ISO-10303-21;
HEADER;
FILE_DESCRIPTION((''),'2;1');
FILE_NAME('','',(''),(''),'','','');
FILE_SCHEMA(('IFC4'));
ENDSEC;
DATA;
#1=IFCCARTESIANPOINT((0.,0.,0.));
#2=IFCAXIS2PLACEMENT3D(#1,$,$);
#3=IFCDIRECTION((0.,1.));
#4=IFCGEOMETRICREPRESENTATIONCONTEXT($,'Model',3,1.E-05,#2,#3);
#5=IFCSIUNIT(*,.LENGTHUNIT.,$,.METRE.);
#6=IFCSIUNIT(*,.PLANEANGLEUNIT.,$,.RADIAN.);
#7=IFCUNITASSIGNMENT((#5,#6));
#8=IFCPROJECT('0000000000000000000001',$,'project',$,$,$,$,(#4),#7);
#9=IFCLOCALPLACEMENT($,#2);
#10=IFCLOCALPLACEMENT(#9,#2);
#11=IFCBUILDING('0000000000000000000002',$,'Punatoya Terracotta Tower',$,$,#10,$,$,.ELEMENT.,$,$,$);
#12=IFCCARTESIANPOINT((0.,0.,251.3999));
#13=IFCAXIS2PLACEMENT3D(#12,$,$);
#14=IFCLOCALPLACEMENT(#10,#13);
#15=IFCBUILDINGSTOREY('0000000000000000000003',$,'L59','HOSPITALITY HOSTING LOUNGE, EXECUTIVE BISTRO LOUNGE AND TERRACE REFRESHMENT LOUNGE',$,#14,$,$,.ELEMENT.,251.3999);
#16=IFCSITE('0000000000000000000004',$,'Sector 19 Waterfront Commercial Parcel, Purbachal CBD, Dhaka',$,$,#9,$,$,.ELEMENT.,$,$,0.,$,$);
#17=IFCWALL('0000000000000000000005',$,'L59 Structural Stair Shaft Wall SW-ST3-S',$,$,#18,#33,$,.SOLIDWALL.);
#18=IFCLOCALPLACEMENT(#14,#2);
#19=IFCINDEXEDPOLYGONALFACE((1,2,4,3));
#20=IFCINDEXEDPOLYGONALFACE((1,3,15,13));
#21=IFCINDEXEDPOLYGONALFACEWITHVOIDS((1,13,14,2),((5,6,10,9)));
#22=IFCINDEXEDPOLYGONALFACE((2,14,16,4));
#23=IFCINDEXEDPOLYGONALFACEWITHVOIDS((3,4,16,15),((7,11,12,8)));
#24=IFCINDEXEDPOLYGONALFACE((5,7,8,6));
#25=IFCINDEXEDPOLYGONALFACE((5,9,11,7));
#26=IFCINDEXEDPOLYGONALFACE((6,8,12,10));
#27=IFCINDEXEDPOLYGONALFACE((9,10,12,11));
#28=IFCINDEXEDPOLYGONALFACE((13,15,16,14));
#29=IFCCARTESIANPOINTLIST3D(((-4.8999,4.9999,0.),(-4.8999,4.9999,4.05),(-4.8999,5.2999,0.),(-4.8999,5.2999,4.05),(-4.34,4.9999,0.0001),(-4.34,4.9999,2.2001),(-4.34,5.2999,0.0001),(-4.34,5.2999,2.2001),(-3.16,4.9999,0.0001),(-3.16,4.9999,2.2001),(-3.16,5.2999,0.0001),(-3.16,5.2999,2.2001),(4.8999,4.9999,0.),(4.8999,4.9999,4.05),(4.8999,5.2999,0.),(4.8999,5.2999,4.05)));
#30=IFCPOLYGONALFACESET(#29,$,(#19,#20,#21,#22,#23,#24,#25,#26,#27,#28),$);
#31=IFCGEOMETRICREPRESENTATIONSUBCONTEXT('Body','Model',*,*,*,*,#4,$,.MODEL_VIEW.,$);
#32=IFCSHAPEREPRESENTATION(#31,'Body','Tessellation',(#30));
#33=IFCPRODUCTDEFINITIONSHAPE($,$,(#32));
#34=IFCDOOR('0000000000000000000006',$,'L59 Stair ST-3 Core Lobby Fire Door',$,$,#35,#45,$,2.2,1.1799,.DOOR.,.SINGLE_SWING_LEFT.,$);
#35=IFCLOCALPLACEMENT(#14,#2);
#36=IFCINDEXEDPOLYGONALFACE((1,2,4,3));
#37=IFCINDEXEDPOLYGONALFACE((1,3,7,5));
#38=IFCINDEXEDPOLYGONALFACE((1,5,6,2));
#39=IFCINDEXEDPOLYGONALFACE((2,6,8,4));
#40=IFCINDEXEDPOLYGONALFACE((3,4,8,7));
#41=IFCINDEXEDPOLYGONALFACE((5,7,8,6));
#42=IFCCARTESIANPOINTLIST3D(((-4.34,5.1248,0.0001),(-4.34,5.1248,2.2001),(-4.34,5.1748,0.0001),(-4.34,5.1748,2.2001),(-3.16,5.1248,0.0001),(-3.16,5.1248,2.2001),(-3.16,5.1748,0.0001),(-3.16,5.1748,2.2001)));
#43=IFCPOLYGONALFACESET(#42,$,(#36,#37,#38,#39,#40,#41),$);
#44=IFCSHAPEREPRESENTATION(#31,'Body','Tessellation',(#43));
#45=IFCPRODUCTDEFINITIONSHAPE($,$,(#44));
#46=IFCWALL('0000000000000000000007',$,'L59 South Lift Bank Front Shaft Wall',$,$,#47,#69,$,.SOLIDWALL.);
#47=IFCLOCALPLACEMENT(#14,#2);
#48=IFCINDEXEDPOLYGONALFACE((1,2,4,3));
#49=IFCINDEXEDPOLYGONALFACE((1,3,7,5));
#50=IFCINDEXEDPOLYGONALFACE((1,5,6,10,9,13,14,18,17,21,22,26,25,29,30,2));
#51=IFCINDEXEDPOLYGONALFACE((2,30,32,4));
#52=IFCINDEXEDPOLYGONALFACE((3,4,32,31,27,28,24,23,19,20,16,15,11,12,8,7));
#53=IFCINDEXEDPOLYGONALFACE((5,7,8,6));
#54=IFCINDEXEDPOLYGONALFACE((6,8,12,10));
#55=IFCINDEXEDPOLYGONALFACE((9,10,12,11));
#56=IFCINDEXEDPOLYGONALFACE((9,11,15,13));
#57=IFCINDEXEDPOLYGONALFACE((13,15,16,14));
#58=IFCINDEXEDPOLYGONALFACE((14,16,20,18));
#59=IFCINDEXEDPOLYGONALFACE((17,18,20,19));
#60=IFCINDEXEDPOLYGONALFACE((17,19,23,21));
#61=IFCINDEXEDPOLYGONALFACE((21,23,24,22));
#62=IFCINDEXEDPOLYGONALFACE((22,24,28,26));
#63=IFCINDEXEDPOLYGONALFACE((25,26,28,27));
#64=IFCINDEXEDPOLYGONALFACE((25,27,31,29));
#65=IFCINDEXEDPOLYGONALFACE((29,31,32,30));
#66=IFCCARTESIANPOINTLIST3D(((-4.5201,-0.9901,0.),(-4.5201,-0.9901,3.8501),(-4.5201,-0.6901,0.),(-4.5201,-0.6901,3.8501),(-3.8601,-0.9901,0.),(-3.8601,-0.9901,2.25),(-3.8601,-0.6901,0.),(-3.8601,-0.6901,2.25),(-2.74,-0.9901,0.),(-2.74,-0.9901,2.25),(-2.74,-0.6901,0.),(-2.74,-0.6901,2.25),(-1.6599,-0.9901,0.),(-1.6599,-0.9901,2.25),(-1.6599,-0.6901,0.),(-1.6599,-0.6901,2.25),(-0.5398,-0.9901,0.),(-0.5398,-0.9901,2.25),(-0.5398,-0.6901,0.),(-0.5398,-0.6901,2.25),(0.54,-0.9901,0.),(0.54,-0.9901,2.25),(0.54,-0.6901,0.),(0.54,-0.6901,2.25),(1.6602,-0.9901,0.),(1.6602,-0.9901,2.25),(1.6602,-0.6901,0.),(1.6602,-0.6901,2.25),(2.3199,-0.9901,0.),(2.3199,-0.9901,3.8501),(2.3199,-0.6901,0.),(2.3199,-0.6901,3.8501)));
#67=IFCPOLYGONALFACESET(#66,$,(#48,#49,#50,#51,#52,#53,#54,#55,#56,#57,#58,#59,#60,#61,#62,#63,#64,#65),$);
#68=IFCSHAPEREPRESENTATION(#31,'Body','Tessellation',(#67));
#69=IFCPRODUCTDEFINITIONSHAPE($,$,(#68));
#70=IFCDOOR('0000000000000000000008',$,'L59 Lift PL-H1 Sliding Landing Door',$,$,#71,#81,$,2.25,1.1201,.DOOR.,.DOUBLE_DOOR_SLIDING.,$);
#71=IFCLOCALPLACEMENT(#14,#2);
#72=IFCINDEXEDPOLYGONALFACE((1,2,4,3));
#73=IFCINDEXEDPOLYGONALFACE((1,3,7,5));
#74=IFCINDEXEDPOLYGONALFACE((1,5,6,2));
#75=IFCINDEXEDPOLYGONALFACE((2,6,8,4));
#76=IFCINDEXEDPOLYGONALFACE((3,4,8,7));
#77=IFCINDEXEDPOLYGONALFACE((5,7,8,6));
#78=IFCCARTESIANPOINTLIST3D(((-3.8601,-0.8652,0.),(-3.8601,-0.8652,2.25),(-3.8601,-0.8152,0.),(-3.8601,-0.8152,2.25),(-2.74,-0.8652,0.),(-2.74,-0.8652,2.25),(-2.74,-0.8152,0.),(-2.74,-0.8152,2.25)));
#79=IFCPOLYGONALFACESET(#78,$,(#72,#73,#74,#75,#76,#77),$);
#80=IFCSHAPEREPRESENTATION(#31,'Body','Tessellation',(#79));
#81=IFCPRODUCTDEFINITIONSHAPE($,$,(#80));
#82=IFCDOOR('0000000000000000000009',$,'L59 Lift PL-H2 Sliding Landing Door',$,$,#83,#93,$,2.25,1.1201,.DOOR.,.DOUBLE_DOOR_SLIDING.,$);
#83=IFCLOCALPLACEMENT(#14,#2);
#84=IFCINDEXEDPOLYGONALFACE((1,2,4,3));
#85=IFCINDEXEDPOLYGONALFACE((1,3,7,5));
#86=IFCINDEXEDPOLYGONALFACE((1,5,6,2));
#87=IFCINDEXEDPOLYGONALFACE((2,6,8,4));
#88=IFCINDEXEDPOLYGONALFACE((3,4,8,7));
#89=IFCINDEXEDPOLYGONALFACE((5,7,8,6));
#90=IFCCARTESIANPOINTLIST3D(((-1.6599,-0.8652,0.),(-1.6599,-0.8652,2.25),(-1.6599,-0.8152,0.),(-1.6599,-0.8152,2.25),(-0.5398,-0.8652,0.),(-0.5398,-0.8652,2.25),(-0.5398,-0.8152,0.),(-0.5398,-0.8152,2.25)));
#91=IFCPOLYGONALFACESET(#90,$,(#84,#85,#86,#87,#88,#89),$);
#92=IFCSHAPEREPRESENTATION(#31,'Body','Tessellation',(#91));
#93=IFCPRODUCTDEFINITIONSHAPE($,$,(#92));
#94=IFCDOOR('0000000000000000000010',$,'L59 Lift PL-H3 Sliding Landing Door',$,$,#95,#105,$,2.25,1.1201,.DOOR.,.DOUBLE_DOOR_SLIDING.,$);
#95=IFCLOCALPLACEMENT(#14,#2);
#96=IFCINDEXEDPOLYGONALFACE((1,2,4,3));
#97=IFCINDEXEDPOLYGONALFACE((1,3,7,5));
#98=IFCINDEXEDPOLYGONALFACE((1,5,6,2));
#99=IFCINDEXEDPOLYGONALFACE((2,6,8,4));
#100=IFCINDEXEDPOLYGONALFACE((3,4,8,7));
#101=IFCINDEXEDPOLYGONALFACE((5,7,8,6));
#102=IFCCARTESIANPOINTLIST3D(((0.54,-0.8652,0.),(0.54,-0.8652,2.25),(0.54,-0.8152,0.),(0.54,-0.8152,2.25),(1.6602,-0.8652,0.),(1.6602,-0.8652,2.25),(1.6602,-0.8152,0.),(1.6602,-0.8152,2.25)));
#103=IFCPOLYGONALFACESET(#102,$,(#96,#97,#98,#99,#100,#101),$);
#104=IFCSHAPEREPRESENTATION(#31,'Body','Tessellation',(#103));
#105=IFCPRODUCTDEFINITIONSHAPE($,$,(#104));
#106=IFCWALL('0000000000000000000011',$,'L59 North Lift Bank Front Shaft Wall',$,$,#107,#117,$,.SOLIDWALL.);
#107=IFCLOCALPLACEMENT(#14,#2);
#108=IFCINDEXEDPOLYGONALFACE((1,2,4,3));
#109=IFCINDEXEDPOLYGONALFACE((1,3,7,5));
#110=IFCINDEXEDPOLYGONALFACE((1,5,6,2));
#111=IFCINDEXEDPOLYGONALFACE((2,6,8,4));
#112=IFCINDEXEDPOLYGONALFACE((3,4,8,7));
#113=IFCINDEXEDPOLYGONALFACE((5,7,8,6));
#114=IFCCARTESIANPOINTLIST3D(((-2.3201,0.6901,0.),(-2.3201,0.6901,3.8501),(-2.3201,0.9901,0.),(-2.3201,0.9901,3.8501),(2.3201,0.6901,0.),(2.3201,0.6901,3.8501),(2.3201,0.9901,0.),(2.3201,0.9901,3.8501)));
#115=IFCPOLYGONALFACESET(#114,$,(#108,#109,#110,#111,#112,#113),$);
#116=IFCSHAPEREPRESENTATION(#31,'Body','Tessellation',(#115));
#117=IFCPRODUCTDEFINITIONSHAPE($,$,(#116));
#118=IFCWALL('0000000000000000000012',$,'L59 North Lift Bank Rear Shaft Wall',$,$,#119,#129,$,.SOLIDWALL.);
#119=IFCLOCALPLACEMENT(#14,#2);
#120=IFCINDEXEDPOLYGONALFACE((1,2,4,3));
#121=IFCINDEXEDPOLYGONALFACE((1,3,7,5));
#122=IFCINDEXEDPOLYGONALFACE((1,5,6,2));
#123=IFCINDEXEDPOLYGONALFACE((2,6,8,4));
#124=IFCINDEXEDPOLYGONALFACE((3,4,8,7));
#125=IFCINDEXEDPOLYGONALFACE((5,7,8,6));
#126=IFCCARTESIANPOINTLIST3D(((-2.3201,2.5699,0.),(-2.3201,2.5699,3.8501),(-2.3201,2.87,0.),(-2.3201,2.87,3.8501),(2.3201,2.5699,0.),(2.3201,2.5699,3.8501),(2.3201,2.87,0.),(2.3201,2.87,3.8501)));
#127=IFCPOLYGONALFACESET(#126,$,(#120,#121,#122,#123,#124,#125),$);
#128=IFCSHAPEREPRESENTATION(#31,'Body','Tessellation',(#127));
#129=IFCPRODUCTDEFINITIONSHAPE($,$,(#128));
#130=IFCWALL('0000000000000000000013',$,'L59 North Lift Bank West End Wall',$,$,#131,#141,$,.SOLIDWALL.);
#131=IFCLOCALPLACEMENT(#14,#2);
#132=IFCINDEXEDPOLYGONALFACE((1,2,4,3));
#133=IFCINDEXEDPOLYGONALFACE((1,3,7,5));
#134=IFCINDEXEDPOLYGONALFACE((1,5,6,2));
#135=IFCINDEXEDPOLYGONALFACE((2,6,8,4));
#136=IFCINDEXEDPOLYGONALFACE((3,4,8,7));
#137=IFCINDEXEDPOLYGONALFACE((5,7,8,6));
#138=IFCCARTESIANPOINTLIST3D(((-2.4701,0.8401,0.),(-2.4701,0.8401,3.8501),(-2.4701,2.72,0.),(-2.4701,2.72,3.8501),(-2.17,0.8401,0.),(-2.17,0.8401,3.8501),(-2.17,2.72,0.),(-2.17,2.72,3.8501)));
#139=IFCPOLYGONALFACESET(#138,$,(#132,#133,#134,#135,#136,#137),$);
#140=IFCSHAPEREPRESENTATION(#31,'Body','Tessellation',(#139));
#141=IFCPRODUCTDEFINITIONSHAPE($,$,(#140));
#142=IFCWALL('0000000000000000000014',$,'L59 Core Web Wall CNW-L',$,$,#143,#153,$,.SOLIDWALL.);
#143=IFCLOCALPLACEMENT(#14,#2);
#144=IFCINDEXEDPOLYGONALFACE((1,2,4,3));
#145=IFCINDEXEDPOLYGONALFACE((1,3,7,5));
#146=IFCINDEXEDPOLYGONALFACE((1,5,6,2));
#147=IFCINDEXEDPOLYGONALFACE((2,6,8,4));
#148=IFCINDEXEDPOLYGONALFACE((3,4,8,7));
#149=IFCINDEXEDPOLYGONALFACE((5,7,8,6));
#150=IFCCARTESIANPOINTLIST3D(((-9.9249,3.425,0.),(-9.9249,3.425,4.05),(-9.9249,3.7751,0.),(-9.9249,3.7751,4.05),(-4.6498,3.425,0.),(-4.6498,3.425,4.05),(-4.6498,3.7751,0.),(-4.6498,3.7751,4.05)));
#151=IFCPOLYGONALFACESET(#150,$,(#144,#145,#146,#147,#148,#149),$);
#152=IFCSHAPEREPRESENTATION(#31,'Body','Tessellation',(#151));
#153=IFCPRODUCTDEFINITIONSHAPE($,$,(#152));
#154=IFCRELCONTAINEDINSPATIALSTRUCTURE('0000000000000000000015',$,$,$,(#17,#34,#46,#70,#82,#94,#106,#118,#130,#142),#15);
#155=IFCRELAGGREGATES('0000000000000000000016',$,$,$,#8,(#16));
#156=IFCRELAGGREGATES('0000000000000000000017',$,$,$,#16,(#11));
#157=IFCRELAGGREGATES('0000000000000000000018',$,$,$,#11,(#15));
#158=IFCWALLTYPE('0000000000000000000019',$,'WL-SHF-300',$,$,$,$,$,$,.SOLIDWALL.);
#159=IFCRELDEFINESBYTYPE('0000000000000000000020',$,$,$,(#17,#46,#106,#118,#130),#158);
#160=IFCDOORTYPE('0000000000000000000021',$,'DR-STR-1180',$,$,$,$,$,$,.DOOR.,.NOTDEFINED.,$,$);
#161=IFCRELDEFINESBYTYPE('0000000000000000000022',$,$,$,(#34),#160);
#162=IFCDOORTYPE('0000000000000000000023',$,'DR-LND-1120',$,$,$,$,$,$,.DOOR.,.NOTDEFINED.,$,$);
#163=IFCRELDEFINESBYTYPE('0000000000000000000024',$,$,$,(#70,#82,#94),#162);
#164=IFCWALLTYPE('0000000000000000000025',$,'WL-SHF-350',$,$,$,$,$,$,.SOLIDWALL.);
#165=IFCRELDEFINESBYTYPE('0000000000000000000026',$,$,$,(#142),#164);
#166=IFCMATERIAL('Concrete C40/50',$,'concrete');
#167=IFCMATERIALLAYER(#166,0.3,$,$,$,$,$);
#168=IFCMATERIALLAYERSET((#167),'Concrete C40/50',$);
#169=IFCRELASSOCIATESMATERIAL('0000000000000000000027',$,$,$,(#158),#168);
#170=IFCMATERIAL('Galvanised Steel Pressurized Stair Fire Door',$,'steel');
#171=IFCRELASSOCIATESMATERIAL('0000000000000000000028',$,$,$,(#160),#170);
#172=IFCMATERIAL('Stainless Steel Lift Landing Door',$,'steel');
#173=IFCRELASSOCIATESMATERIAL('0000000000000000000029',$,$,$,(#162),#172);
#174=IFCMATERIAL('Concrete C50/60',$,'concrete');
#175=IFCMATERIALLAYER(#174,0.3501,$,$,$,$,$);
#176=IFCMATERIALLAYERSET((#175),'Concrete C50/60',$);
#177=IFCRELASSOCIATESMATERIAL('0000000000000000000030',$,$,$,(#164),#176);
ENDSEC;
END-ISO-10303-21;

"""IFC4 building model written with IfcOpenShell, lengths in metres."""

from ifc_helpers import new_model, si_unit, direction, frame, frame_2d, origin, place, context, subcontext, project, spatial, rectangle, extrude, material, layer, layer_set, type_object, element, fill, save


model = new_model("IFC4")

# Units and contexts
model_context = context("Model", 3, precision=1e-05, world=origin(), true_north=direction((0.0, 1.0)))
body_context = subcontext(model_context, "Body", "Model", "MODEL_VIEW")
ifc_project = project(units=[si_unit("LENGTHUNIT", "METRE"), si_unit("PLANEANGLEUNIT", "RADIAN")], contexts=[model_context])

# Site, building, storey
site_placement = place(None, origin())
site = spatial("IfcSite", under=ifc_project, at=site_placement, Name="Sector 19 Waterfront Commercial Parcel, Purbachal CBD, Dhaka", CompositionType="ELEMENT", RefElevation=0.0)
building_placement = place(site_placement, origin())
building = spatial("IfcBuilding", under=site, at=building_placement, Name="Punatoya Terracotta Tower", CompositionType="ELEMENT")
storey_placement = place(building_placement, frame((0.0, 0.0, 251.3999)))
storey = spatial("IfcBuildingStorey", under=building, at=storey_placement, Name="L59", Description="HOSPITALITY HOSTING LOUNGE, EXECUTIVE BISTRO LOUNGE AND TERRACE REFRESHMENT LOUNGE", CompositionType="ELEMENT", Elevation=251.3999)

# Shared definitions
ifc_material_1 = material(Name="Concrete C50/60", Category="concrete")

# Shared definitions
ifc_material_2 = material(Name="Concrete C40/50", Category="concrete")

# Shared definitions
ifc_layer_1 = layer(ifc_material_2, 0.3)
ifc_layer_set_1 = layer_set([ifc_layer_1], Name="Concrete C40/50")
wall_type_1 = type_object("IfcWallType", Name="WL-SHF-300", PredefinedType="SOLIDWALL", material=ifc_layer_set_1)

# Wall, opening, door
wall_1_placement = place(storey_placement, frame((-4.8999, 5.1499, 0.0), z_axis=(0.0, 0.0, 1.0), x_axis=(1.0, 0.0, 0.0)))
wall_1 = element("IfcWall", 1, at=wall_1_placement, inside=storey, type_object=wall_type_1, Name="L59 Structural Stair Shaft Wall SW-ST3-S", PredefinedType="SOLIDWALL", context=body_context, shape_type="SweptSolid", body=[
    extrude(rectangle(XDim=9.7998, YDim=0.3, at=frame_2d((4.8999, 0.0))), origin(), (0.0, 0.0, 1.0), 4.05),
])
opening_1_placement = place(wall_1_placement, frame((0.5601, 0.0, 0.0)))
opening_1 = element("IfcOpeningElement", 2, at=opening_1_placement, cuts=wall_1, PredefinedType="OPENING", context=body_context, shape_type="SweptSolid", body=[
    extrude(rectangle(XDim=1.1799, YDim=2.2, at=frame_2d((0.5898, 1.1001))), frame((0.0, 0.1599, 0.0), z_axis=(0.0, -1.0, 0.0), x_axis=(1.0, 0.0, 0.0)), (0.0, 0.0, 1.0), 0.3201),
])
ifc_material_3 = material(Name="Galvanised Steel Pressurized Stair Fire Door", Category="steel")
door_type_1 = type_object("IfcDoorType", Name="DR-STR-1180", OperationType="NOTDEFINED", PredefinedType="DOOR", material=ifc_material_3)
door_1_placement = place(opening_1_placement, origin())
door_1 = element("IfcDoor", 3, at=door_1_placement, inside=storey, type_object=door_type_1, Name="L59 Stair ST-3 Core Lobby Fire Door", OperationType="SINGLE_SWING_LEFT", OverallHeight=2.2, OverallWidth=1.1799, PredefinedType="DOOR", context=body_context, shape_type="SweptSolid", body=[
    extrude(rectangle(XDim=1.1799, YDim=2.2, at=frame_2d((0.5898, 1.1001))), frame((0.0, 0.0249, 0.0), z_axis=(0.0, -1.0, 0.0), x_axis=(1.0, 0.0, 0.0)), (0.0, 0.0, 1.0), 0.05),
])
fill(opening_1, door_1)

# Wall, openings, doors
wall_2_placement = place(storey_placement, frame((-4.52, -0.8401, 0.0), z_axis=(0.0, 0.0, 1.0), x_axis=(1.0, 0.0, 0.0)))
wall_2 = element("IfcWall", 4, at=wall_2_placement, inside=storey, type_object=wall_type_1, Name="L59 South Lift Bank Front Shaft Wall", PredefinedType="SOLIDWALL", context=body_context, shape_type="SweptSolid", body=[
    extrude(rectangle(XDim=6.8401, YDim=0.3, at=frame_2d((3.4199, 0.0))), origin(), (0.0, 0.0, 1.0), 3.8501),
])
opening_2_placement = place(wall_2_placement, frame((0.6599, 0.0, 0.0)))
opening_2 = element("IfcOpeningElement", 5, at=opening_2_placement, cuts=wall_2, PredefinedType="OPENING", context=body_context, shape_type="SweptSolid", body=[
    extrude(rectangle(XDim=1.1201, YDim=2.25, at=frame_2d((0.5601, 1.125))), frame((0.0, 0.1599, 0.0), z_axis=(0.0, -1.0, 0.0), x_axis=(1.0, 0.0, 0.0)), (0.0, 0.0, 1.0), 0.3201),
])
opening_3_placement = place(wall_2_placement, frame((2.8601, 0.0, 0.0)))
opening_3 = element("IfcOpeningElement", 6, at=opening_3_placement, cuts=wall_2, PredefinedType="OPENING", context=body_context, shape_type="SweptSolid", body=[
    extrude(rectangle(XDim=1.1201, YDim=2.25, at=frame_2d((0.5601, 1.125))), frame((0.0, 0.1599, 0.0), z_axis=(0.0, -1.0, 0.0), x_axis=(1.0, 0.0, 0.0)), (0.0, 0.0, 1.0), 0.3201),
])
opening_4_placement = place(wall_2_placement, frame((5.0601, 0.0, 0.0)))
opening_4 = element("IfcOpeningElement", 7, at=opening_4_placement, cuts=wall_2, PredefinedType="OPENING", context=body_context, shape_type="SweptSolid", body=[
    extrude(rectangle(XDim=1.1201, YDim=2.25, at=frame_2d((0.5601, 1.125))), frame((0.0, 0.1599, 0.0), z_axis=(0.0, -1.0, 0.0), x_axis=(1.0, 0.0, 0.0)), (0.0, 0.0, 1.0), 0.3201),
])
ifc_material_4 = material(Name="Stainless Steel Lift Landing Door", Category="steel")
door_type_2 = type_object("IfcDoorType", Name="DR-LND-1120", OperationType="NOTDEFINED", PredefinedType="DOOR", material=ifc_material_4)
door_2_placement = place(opening_2_placement, origin())
door_2 = element("IfcDoor", 8, at=door_2_placement, inside=storey, type_object=door_type_2, Name="L59 Lift PL-H1 Sliding Landing Door", OperationType="DOUBLE_DOOR_SLIDING", OverallHeight=2.25, OverallWidth=1.1201, PredefinedType="DOOR", context=body_context, shape_type="SweptSolid", body=[
    extrude(rectangle(XDim=1.1201, YDim=2.25, at=frame_2d((0.5601, 1.125))), frame((0.0, 0.0249, 0.0), z_axis=(0.0, -1.0, 0.0), x_axis=(1.0, 0.0, 0.0)), (0.0, 0.0, 1.0), 0.05),
])
fill(opening_2, door_2)
door_3_placement = place(opening_3_placement, origin())
door_3 = element("IfcDoor", 9, at=door_3_placement, inside=storey, type_object=door_type_2, Name="L59 Lift PL-H2 Sliding Landing Door", OperationType="DOUBLE_DOOR_SLIDING", OverallHeight=2.25, OverallWidth=1.1201, PredefinedType="DOOR", context=body_context, shape_type="SweptSolid", body=[
    extrude(rectangle(XDim=1.1201, YDim=2.25, at=frame_2d((0.5601, 1.125))), frame((0.0, 0.0249, 0.0), z_axis=(0.0, -1.0, 0.0), x_axis=(1.0, 0.0, 0.0)), (0.0, 0.0, 1.0), 0.05),
])
fill(opening_3, door_3)
door_4_placement = place(opening_4_placement, origin())
door_4 = element("IfcDoor", 10, at=door_4_placement, inside=storey, type_object=door_type_2, Name="L59 Lift PL-H3 Sliding Landing Door", OperationType="DOUBLE_DOOR_SLIDING", OverallHeight=2.25, OverallWidth=1.1201, PredefinedType="DOOR", context=body_context, shape_type="SweptSolid", body=[
    extrude(rectangle(XDim=1.1201, YDim=2.25, at=frame_2d((0.5601, 1.125))), frame((0.0, 0.0249, 0.0), z_axis=(0.0, -1.0, 0.0), x_axis=(1.0, 0.0, 0.0)), (0.0, 0.0, 1.0), 0.05),
])
fill(opening_4, door_4)

# Walls
for number, where, z_axis, x_axis, name in (
    (11, (-2.3201, 0.8401, 0.0), (0.0, 0.0, 1.0), (1.0, 0.0, 0.0), "L59 North Lift Bank Front Shaft Wall"),
    (12, (-2.3201, 2.72, 0.0), (0.0, 0.0, 1.0), (1.0, 0.0, 0.0), "L59 North Lift Bank Rear Shaft Wall"),
):
    element("IfcWall", number, at=place(storey_placement, frame(where, z_axis=z_axis, x_axis=x_axis)), inside=storey, type_object=wall_type_1, Name=name, PredefinedType="SOLIDWALL", context=body_context, shape_type="SweptSolid", body=[
        extrude(rectangle(XDim=4.6401, YDim=0.3, at=frame_2d((2.3201, 0.0))), origin(), (0.0, 0.0, 1.0), 3.8501),
    ])
wall_3_placement = place(storey_placement, frame((-2.3201, 0.8401, 0.0), z_axis=(0.0, 0.0, 1.0), x_axis=(0.0, 1.0, 0.0)))
element("IfcWall", 13, at=wall_3_placement, inside=storey, type_object=wall_type_1, Name="L59 North Lift Bank West End Wall", PredefinedType="SOLIDWALL", context=body_context, shape_type="SweptSolid", body=[
    extrude(rectangle(XDim=1.8799, YDim=0.3, at=frame_2d((0.9399, 0.0))), origin(), (0.0, 0.0, 1.0), 3.8501),
])
ifc_layer_2 = layer(ifc_material_1, 0.3501)
ifc_layer_set_2 = layer_set([ifc_layer_2], Name="Concrete C50/60")
wall_type_2 = type_object("IfcWallType", Name="WL-SHF-350", PredefinedType="SOLIDWALL", material=ifc_layer_set_2)
wall_4_placement = place(storey_placement, frame((-9.925, 3.6001, 0.0), z_axis=(0.0, 0.0, 1.0), x_axis=(1.0, 0.0, 0.0)))
element("IfcWall", 14, at=wall_4_placement, inside=storey, type_object=wall_type_2, Name="L59 Core Web Wall CNW-L", PredefinedType="SOLIDWALL", context=body_context, shape_type="SweptSolid", body=[
    extrude(rectangle(XDim=5.2751, YDim=0.3501, at=frame_2d((2.6377, 0.0))), origin(), (0.0, 0.0, 1.0), 4.05),
])

save(model, "model.ifc")
